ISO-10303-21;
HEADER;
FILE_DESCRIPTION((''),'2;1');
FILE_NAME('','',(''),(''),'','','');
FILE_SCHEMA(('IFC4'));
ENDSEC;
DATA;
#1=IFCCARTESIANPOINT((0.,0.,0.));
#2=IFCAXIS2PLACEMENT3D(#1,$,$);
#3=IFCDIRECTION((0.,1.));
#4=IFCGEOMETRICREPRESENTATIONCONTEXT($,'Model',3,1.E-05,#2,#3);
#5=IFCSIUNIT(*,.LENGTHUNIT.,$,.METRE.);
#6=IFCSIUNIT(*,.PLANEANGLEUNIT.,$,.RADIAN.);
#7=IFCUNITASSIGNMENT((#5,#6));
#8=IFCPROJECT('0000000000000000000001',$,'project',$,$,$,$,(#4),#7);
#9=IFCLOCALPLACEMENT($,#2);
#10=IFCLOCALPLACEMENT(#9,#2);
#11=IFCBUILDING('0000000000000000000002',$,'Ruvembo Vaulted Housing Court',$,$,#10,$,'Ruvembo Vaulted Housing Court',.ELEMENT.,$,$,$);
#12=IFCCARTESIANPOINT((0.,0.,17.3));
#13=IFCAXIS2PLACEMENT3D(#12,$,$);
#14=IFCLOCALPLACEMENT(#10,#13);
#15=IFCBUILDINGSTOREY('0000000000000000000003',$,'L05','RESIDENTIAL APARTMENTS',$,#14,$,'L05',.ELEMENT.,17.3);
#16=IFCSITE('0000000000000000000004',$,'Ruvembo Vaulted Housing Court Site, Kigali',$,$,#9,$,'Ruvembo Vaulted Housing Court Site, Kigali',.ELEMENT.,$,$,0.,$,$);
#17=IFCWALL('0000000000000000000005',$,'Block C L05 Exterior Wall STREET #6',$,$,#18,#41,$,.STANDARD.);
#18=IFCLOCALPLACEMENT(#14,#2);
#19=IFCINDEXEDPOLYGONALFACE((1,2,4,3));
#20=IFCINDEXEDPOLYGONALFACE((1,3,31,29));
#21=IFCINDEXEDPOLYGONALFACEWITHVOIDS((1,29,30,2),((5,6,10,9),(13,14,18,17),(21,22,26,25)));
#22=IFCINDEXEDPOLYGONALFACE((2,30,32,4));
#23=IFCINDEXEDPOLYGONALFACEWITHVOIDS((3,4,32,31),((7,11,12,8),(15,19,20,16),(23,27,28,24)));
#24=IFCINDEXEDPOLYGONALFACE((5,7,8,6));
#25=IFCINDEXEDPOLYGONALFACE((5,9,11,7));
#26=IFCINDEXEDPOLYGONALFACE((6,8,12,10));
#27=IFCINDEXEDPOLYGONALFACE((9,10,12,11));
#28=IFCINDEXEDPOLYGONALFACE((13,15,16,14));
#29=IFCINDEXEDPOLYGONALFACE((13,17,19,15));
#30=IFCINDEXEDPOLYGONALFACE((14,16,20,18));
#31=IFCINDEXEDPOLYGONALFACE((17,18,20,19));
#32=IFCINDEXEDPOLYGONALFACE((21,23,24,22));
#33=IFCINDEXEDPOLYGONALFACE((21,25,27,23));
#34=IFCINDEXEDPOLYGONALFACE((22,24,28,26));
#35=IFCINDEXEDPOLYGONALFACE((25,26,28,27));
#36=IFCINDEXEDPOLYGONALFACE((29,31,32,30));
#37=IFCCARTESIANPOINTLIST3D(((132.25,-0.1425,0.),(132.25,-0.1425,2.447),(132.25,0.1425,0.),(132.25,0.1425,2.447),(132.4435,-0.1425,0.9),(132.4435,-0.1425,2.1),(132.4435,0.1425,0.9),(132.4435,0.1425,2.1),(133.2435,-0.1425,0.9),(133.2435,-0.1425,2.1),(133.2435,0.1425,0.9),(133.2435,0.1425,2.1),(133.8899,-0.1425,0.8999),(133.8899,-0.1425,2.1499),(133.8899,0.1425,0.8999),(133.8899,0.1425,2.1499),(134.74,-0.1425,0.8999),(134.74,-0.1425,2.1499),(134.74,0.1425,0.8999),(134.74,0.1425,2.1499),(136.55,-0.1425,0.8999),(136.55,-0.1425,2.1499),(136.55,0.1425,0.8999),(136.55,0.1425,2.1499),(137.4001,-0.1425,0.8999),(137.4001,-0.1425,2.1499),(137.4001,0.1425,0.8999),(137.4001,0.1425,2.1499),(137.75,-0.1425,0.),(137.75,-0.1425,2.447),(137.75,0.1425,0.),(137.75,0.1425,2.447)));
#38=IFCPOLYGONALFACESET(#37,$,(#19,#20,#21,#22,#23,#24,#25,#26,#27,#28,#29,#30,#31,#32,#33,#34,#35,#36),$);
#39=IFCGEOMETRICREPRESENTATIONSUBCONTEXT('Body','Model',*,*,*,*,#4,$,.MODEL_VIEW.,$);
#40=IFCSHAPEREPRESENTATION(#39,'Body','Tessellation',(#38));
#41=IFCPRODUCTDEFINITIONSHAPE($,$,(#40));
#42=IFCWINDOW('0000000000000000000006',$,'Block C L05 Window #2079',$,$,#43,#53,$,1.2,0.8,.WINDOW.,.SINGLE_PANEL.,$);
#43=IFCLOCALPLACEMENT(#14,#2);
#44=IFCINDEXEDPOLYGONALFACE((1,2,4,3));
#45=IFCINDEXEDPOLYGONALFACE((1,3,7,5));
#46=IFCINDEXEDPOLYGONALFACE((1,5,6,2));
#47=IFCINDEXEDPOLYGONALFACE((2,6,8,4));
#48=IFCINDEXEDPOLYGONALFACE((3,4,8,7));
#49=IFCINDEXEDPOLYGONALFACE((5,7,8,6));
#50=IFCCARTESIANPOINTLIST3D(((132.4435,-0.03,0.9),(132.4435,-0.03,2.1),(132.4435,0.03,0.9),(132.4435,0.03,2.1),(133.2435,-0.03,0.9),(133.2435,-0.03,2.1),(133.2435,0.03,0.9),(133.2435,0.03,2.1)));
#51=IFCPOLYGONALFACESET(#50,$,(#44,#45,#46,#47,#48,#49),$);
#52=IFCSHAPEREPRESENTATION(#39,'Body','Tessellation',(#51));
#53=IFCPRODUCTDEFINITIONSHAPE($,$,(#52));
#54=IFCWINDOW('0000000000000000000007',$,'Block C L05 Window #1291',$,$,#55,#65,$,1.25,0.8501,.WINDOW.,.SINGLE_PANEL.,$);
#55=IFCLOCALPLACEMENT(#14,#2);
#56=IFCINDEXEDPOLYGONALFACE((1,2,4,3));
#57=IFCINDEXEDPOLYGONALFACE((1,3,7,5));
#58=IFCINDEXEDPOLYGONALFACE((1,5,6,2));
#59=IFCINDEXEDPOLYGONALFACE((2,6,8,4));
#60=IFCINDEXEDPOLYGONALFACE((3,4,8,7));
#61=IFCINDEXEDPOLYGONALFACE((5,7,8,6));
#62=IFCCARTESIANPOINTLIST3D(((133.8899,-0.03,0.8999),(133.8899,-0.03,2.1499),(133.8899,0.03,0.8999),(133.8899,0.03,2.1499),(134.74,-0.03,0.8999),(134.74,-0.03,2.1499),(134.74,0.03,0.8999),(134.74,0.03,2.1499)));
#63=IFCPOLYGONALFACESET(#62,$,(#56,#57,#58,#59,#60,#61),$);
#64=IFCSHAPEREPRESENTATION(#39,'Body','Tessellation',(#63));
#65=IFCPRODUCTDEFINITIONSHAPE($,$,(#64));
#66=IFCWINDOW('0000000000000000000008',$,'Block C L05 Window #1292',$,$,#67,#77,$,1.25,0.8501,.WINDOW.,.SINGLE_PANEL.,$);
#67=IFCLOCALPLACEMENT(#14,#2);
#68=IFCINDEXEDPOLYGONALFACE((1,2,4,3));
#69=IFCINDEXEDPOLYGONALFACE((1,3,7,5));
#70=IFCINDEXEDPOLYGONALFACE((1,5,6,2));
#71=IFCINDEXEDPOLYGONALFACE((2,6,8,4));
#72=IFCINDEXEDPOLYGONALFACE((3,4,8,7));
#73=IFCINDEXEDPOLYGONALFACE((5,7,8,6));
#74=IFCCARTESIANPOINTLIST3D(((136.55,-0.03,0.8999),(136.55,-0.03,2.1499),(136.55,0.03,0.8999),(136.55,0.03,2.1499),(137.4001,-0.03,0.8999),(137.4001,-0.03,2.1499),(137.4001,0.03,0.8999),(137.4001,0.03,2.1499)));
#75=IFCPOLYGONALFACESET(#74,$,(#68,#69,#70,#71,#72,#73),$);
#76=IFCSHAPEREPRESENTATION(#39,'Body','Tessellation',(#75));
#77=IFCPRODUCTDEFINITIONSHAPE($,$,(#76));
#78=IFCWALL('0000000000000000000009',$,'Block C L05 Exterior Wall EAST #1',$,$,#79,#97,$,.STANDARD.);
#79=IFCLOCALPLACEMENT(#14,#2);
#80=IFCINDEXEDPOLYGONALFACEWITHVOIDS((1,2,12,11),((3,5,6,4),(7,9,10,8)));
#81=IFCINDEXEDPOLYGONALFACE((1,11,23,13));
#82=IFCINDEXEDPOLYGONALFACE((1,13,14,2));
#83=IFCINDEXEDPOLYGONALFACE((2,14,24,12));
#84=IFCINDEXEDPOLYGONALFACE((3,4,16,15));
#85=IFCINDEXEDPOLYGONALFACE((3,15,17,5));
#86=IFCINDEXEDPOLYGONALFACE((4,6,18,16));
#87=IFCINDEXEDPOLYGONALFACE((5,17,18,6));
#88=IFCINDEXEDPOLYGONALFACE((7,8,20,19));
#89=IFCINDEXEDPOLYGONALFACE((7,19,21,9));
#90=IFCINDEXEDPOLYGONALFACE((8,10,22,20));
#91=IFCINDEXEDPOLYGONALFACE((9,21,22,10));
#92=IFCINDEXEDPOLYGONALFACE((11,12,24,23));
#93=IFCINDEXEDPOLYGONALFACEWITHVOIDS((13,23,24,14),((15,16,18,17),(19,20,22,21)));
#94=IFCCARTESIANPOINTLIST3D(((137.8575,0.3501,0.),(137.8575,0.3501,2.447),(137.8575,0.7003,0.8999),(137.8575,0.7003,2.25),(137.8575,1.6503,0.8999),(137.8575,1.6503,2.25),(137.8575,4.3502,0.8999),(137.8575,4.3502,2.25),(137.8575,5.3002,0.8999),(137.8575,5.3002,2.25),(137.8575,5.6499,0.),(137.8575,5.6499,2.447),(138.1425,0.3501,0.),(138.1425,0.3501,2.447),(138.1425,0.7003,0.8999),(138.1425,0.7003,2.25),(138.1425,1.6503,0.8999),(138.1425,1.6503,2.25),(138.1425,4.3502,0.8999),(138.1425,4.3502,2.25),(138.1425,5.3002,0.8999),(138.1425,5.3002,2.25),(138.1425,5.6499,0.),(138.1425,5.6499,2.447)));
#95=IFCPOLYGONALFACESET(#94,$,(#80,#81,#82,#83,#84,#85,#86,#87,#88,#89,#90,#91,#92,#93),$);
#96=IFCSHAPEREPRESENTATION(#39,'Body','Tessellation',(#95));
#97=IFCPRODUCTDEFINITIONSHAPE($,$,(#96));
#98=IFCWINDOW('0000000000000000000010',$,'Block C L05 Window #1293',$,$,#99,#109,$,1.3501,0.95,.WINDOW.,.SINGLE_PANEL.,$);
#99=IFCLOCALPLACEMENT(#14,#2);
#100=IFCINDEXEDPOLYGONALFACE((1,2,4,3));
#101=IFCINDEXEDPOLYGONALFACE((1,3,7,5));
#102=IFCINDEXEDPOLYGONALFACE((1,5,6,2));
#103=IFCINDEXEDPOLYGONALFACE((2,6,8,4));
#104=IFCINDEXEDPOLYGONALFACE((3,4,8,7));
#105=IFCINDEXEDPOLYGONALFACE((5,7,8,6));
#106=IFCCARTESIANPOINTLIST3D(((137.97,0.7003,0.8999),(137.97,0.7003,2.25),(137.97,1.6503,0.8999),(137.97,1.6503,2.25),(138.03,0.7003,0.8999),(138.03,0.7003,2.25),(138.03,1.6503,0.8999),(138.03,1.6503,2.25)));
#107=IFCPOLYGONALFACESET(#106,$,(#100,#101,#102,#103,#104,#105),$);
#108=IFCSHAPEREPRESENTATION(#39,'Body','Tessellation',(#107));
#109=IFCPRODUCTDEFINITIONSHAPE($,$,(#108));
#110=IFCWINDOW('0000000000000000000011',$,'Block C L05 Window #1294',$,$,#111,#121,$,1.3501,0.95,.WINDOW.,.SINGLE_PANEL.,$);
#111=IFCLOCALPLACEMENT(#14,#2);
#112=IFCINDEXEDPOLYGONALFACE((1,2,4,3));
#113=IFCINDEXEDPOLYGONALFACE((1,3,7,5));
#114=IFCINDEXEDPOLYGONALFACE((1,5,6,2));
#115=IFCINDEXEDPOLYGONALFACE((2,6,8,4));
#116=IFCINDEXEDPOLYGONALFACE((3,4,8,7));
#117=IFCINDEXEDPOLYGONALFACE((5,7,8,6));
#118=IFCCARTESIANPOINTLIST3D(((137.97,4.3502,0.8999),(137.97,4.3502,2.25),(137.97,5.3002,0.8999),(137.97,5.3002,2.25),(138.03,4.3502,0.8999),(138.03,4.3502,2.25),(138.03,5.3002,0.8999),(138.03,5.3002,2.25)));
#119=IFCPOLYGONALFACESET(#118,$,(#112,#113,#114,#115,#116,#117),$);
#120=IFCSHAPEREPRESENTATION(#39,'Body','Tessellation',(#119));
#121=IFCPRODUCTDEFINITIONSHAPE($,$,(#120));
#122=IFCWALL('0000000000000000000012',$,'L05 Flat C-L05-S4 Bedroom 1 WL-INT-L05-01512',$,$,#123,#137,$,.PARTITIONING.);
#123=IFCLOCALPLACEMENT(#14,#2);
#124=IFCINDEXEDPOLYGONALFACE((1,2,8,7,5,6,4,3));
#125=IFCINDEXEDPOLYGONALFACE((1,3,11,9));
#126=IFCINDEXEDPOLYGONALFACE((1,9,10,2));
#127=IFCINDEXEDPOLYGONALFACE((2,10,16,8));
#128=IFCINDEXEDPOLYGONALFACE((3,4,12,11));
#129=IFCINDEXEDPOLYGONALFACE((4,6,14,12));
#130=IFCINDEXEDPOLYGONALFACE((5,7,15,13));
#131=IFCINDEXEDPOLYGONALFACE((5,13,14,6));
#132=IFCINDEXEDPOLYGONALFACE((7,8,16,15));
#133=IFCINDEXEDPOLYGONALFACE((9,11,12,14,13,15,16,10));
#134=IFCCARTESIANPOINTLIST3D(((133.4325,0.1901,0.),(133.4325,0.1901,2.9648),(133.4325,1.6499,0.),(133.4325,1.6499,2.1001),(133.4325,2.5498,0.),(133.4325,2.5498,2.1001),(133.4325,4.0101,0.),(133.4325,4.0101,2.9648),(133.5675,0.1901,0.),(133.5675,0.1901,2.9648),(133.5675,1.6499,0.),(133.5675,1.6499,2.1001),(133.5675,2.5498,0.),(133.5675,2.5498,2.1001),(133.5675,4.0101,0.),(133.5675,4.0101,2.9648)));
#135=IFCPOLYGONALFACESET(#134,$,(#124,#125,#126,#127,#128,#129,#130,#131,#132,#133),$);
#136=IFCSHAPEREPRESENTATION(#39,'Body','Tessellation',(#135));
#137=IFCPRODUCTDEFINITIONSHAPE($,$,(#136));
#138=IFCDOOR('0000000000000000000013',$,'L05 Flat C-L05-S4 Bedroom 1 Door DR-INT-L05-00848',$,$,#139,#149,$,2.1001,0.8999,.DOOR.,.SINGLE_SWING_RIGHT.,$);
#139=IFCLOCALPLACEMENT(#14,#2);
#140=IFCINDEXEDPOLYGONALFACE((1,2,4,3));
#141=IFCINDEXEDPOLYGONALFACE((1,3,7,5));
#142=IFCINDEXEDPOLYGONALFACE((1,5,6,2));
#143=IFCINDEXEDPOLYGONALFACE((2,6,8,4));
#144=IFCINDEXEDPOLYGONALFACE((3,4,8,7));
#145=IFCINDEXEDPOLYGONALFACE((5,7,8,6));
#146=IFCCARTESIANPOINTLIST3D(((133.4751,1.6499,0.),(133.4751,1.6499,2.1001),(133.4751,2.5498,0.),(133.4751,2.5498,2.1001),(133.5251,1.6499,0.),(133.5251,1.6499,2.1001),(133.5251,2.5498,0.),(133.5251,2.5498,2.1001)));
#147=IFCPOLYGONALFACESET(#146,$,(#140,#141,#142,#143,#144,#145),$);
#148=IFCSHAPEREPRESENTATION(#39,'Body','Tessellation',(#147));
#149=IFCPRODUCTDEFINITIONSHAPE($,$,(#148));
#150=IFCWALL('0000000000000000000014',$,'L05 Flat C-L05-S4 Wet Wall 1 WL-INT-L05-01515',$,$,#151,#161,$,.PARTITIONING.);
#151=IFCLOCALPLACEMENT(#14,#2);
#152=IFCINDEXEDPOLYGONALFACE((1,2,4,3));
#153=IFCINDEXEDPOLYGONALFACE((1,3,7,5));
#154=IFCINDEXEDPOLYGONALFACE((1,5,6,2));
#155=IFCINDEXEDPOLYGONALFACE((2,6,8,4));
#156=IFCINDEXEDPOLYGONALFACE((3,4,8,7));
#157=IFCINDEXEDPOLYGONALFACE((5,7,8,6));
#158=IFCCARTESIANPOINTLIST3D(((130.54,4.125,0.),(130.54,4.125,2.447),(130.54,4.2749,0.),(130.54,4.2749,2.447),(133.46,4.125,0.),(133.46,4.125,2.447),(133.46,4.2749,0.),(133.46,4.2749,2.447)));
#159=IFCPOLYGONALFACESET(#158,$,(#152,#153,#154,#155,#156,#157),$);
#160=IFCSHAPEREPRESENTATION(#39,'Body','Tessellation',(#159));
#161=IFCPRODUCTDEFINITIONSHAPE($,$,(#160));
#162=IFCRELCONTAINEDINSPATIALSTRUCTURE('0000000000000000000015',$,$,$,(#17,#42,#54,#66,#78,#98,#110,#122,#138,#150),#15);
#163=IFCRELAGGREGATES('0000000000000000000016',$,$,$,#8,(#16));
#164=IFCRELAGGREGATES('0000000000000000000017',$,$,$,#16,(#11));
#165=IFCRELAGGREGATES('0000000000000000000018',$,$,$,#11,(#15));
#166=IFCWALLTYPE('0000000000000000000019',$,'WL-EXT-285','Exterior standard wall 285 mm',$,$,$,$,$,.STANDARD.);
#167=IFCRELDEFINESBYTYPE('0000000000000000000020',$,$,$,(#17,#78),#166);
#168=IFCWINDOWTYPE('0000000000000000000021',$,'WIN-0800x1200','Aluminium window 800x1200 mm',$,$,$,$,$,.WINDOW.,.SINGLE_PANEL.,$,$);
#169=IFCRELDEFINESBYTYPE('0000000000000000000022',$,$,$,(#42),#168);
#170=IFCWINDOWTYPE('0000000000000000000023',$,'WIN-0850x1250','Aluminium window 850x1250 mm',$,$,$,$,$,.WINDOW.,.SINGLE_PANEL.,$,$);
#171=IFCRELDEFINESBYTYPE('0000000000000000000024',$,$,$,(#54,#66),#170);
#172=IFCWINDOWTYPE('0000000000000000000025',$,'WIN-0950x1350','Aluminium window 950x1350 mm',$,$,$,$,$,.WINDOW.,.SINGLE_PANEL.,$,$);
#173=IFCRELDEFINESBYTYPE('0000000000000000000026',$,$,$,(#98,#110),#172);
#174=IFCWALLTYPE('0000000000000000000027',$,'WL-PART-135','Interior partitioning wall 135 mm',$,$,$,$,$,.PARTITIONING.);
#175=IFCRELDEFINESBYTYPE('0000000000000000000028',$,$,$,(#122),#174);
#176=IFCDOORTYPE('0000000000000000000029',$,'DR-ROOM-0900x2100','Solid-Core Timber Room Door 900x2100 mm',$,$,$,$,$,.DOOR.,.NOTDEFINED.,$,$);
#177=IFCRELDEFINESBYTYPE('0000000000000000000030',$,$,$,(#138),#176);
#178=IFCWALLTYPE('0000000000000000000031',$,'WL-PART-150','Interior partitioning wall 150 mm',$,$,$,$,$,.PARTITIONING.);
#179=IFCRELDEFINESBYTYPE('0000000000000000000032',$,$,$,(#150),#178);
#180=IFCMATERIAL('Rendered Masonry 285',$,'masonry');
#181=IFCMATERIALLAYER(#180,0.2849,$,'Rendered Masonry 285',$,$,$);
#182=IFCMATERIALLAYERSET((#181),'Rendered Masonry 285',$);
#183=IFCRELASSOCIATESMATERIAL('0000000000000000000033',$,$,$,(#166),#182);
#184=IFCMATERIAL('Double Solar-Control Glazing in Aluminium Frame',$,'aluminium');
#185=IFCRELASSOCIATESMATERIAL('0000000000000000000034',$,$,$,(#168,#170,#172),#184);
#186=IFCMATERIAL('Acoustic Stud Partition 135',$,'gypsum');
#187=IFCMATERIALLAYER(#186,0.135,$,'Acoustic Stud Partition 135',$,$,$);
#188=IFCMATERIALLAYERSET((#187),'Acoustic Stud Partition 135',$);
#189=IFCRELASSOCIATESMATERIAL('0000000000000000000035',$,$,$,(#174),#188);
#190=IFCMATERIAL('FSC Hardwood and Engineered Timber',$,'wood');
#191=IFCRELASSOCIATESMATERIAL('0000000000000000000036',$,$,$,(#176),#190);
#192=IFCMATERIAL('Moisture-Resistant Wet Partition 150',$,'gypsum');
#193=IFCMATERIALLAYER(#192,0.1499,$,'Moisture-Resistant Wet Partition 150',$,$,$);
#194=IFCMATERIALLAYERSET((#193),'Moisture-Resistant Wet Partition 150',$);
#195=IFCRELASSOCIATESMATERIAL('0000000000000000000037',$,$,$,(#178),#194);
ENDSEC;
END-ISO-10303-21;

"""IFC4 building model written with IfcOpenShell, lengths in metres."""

from ifc_helpers import new_model, si_unit, direction, frame, frame_2d, origin, place, context, subcontext, project, spatial, rectangle, extrude, material, layer, layer_set, type_object, element, fill, save


model = new_model("IFC4")

# Units and contexts
model_context = context("Model", 3, precision=1e-05, world=origin(), true_north=direction((0.0, 1.0)))
body_context = subcontext(model_context, "Body", "Model", "MODEL_VIEW")
ifc_project = project(units=[si_unit("LENGTHUNIT", "METRE"), si_unit("PLANEANGLEUNIT", "RADIAN")], contexts=[model_context])

# Site, building, storey
site_placement = place(None, origin())
site = spatial("IfcSite", under=ifc_project, at=site_placement, Name="Ruvembo Vaulted Housing Court Site, Kigali", LongName="Ruvembo Vaulted Housing Court Site, Kigali", CompositionType="ELEMENT", RefElevation=0.0)
building_placement = place(site_placement, origin())
building = spatial("IfcBuilding", under=site, at=building_placement, Name="Ruvembo Vaulted Housing Court", LongName="Ruvembo Vaulted Housing Court", CompositionType="ELEMENT")
storey_placement = place(building_placement, frame((0.0, 0.0, 17.3)))
storey = spatial("IfcBuildingStorey", under=building, at=storey_placement, Name="L05", Description="RESIDENTIAL APARTMENTS", LongName="L05", CompositionType="ELEMENT", Elevation=17.3)

# Walls, openings, windows
ifc_material_1 = material(Name="Rendered Masonry 285", Category="masonry")
ifc_layer_1 = layer(ifc_material_1, 0.2849, Name="Rendered Masonry 285")
ifc_layer_set_1 = layer_set([ifc_layer_1], Name="Rendered Masonry 285")
wall_type_1 = type_object("IfcWallType", Name="WL-EXT-285", Description="Exterior standard wall 285 mm", PredefinedType="STANDARD", material=ifc_layer_set_1)
ifc_material_2 = material(Name="Double Solar-Control Glazing in Aluminium Frame", Category="aluminium")
wall_1_placement = place(storey_placement, frame((132.25, 0.0, 0.0), z_axis=(0.0, 0.0, 1.0), x_axis=(1.0, 0.0, 0.0)))
wall_1 = element("IfcWall", 1, at=wall_1_placement, inside=storey, type_object=wall_type_1, Name="Block C L05 Exterior Wall STREET #6", PredefinedType="STANDARD", context=body_context, shape_type="SweptSolid", body=[
    extrude(rectangle(XDim=5.5, YDim=0.2849, at=frame_2d((2.75, 0.0))), origin(), (0.0, 0.0, 1.0), 2.447),
])
opening_1_placement = place(wall_1_placement, frame((1.6399, 0.0, 0.8999)))
opening_1 = element("IfcOpeningElement", 2, at=opening_1_placement, cuts=wall_1, PredefinedType="OPENING", context=body_context, shape_type="SweptSolid", body=[
    extrude(rectangle(XDim=0.8501, YDim=1.25, at=frame_2d((0.425, 0.625))), frame((0.0, 0.1523, 0.0), z_axis=(0.0, -1.0, 0.0), x_axis=(1.0, 0.0, 0.0)), (0.0, 0.0, 1.0), 0.3049),
])
opening_2_placement = place(wall_1_placement, frame((4.3, 0.0, 0.8999)))
opening_2 = element("IfcOpeningElement", 3, at=opening_2_placement, cuts=wall_1, PredefinedType="OPENING", context=body_context, shape_type="SweptSolid", body=[
    extrude(rectangle(XDim=0.8501, YDim=1.25, at=frame_2d((0.425, 0.625))), frame((0.0, 0.1523, 0.0), z_axis=(0.0, -1.0, 0.0), x_axis=(1.0, 0.0, 0.0)), (0.0, 0.0, 1.0), 0.3049),
])
opening_3_placement = place(wall_1_placement, frame((0.1936, 0.0, 0.8999)))
opening_3 = element("IfcOpeningElement", 4, at=opening_3_placement, cuts=wall_1, PredefinedType="OPENING", context=body_context, shape_type="SweptSolid", body=[
    extrude(rectangle(XDim=0.8, YDim=1.2, at=frame_2d((0.3999, 0.6001))), frame((0.0, 0.1523, 0.0), z_axis=(0.0, -1.0, 0.0), x_axis=(1.0, 0.0, 0.0)), (0.0, 0.0, 1.0), 0.3049),
])
window_type_1 = type_object("IfcWindowType", Name="WIN-0800x1200", Description="Aluminium window 800x1200 mm", PartitioningType="SINGLE_PANEL", PredefinedType="WINDOW", material=ifc_material_2)
window_1_placement = place(opening_3_placement, origin())
window_1 = element("IfcWindow", 5, at=window_1_placement, inside=storey, type_object=window_type_1, Name="Block C L05 Window #2079", OverallHeight=1.2, OverallWidth=0.8, PartitioningType="SINGLE_PANEL", PredefinedType="WINDOW", context=body_context, shape_type="SweptSolid", body=[
    extrude(rectangle(XDim=0.8, YDim=1.2, at=frame_2d((0.3999, 0.6001))), frame((0.0, 0.03, 0.0), z_axis=(0.0, -1.0, 0.0), x_axis=(1.0, 0.0, 0.0)), (0.0, 0.0, 1.0), 0.0601),
])
fill(opening_3, window_1)
window_type_2 = type_object("IfcWindowType", Name="WIN-0850x1250", Description="Aluminium window 850x1250 mm", PartitioningType="SINGLE_PANEL", PredefinedType="WINDOW", material=ifc_material_2)
window_2_placement = place(opening_1_placement, origin())
window_2 = element("IfcWindow", 6, at=window_2_placement, inside=storey, type_object=window_type_2, Name="Block C L05 Window #1291", OverallHeight=1.25, OverallWidth=0.8501, PartitioningType="SINGLE_PANEL", PredefinedType="WINDOW", context=body_context, shape_type="SweptSolid", body=[
    extrude(rectangle(XDim=0.8501, YDim=1.25, at=frame_2d((0.425, 0.625))), frame((0.0, 0.03, 0.0), z_axis=(0.0, -1.0, 0.0), x_axis=(1.0, 0.0, 0.0)), (0.0, 0.0, 1.0), 0.0601),
])
fill(opening_1, window_2)
window_3_placement = place(opening_2_placement, origin())
window_3 = element("IfcWindow", 7, at=window_3_placement, inside=storey, type_object=window_type_2, Name="Block C L05 Window #1292", OverallHeight=1.25, OverallWidth=0.8501, PartitioningType="SINGLE_PANEL", PredefinedType="WINDOW", context=body_context, shape_type="SweptSolid", body=[
    extrude(rectangle(XDim=0.8501, YDim=1.25, at=frame_2d((0.425, 0.625))), frame((0.0, 0.03, 0.0), z_axis=(0.0, -1.0, 0.0), x_axis=(1.0, 0.0, 0.0)), (0.0, 0.0, 1.0), 0.0601),
])
fill(opening_2, window_3)
wall_2_placement = place(storey_placement, frame((138.0, 0.3501, 0.0), z_axis=(0.0, 0.0, 1.0), x_axis=(0.0, 1.0, 0.0)))
wall_2 = element("IfcWall", 8, at=wall_2_placement, inside=storey, type_object=wall_type_1, Name="Block C L05 Exterior Wall EAST #1", PredefinedType="STANDARD", context=body_context, shape_type="SweptSolid", body=[
    extrude(rectangle(XDim=5.2998, YDim=0.2849, at=frame_2d((2.6499, 0.0))), origin(), (0.0, 0.0, 1.0), 2.447),
])
opening_4_placement = place(wall_2_placement, frame((0.3501, 0.0, 0.8999)))
opening_4 = element("IfcOpeningElement", 9, at=opening_4_placement, cuts=wall_2, PredefinedType="OPENING", context=body_context, shape_type="SweptSolid", body=[
    extrude(rectangle(XDim=0.95, YDim=1.3501, at=frame_2d((0.4751, 0.675))), frame((0.0, 0.1523, 0.0), z_axis=(0.0, -1.0, 0.0), x_axis=(1.0, 0.0, 0.0)), (0.0, 0.0, 1.0), 0.3049),
])
opening_5_placement = place(wall_2_placement, frame((4.0, 0.0, 0.8999)))
opening_5 = element("IfcOpeningElement", 10, at=opening_5_placement, cuts=wall_2, PredefinedType="OPENING", context=body_context, shape_type="SweptSolid", body=[
    extrude(rectangle(XDim=0.95, YDim=1.3501, at=frame_2d((0.4751, 0.675))), frame((0.0, 0.1523, 0.0), z_axis=(0.0, -1.0, 0.0), x_axis=(1.0, 0.0, 0.0)), (0.0, 0.0, 1.0), 0.3049),
])
window_type_3 = type_object("IfcWindowType", Name="WIN-0950x1350", Description="Aluminium window 950x1350 mm", PartitioningType="SINGLE_PANEL", PredefinedType="WINDOW", material=ifc_material_2)
window_4_placement = place(opening_4_placement, origin())
window_4 = element("IfcWindow", 11, at=window_4_placement, inside=storey, type_object=window_type_3, Name="Block C L05 Window #1293", OverallHeight=1.3501, OverallWidth=0.95, PartitioningType="SINGLE_PANEL", PredefinedType="WINDOW", context=body_context, shape_type="SweptSolid", body=[
    extrude(rectangle(XDim=0.95, YDim=1.3501, at=frame_2d((0.4751, 0.675))), frame((0.0, 0.03, 0.0), z_axis=(0.0, -1.0, 0.0), x_axis=(1.0, 0.0, 0.0)), (0.0, 0.0, 1.0), 0.0601),
])
fill(opening_4, window_4)
window_5_placement = place(opening_5_placement, origin())
window_5 = element("IfcWindow", 12, at=window_5_placement, inside=storey, type_object=window_type_3, Name="Block C L05 Window #1294", OverallHeight=1.3501, OverallWidth=0.95, PartitioningType="SINGLE_PANEL", PredefinedType="WINDOW", context=body_context, shape_type="SweptSolid", body=[
    extrude(rectangle(XDim=0.95, YDim=1.3501, at=frame_2d((0.4751, 0.675))), frame((0.0, 0.03, 0.0), z_axis=(0.0, -1.0, 0.0), x_axis=(1.0, 0.0, 0.0)), (0.0, 0.0, 1.0), 0.0601),
])
fill(opening_5, window_5)

# Wall, opening, door
ifc_material_3 = material(Name="Acoustic Stud Partition 135", Category="gypsum")
ifc_layer_2 = layer(ifc_material_3, 0.135, Name="Acoustic Stud Partition 135")
ifc_layer_set_2 = layer_set([ifc_layer_2], Name="Acoustic Stud Partition 135")
wall_type_2 = type_object("IfcWallType", Name="WL-PART-135", Description="Interior partitioning wall 135 mm", PredefinedType="PARTITIONING", material=ifc_layer_set_2)
wall_3_placement = place(storey_placement, frame((133.5, 0.1899, 0.0), z_axis=(0.0, 0.0, 1.0), x_axis=(0.0, 1.0, 0.0)))
wall_3 = element("IfcWall", 13, at=wall_3_placement, inside=storey, type_object=wall_type_2, Name="L05 Flat C-L05-S4 Bedroom 1 WL-INT-L05-01512", PredefinedType="PARTITIONING", context=body_context, shape_type="SweptSolid", body=[
    extrude(rectangle(XDim=3.8201, YDim=0.135, at=frame_2d((1.9102, 0.0))), origin(), (0.0, 0.0, 1.0), 2.9648),
])
opening_6_placement = place(wall_3_placement, frame((1.46, 0.0, 0.0)))
opening_6 = element("IfcOpeningElement", 14, at=opening_6_placement, cuts=wall_3, PredefinedType="OPENING", context=body_context, shape_type="SweptSolid", body=[
    extrude(rectangle(XDim=0.8999, YDim=2.1001, at=frame_2d((0.45, 1.05))), frame((0.0, 0.0774, 0.0), z_axis=(0.0, -1.0, 0.0), x_axis=(1.0, 0.0, 0.0)), (0.0, 0.0, 1.0), 0.155),
])
ifc_material_4 = material(Name="FSC Hardwood and Engineered Timber", Category="wood")
door_type_1 = type_object("IfcDoorType", Name="DR-ROOM-0900x2100", Description="Solid-Core Timber Room Door 900x2100 mm", OperationType="NOTDEFINED", PredefinedType="DOOR", material=ifc_material_4)
door_1_placement = place(opening_6_placement, origin())
door_1 = element("IfcDoor", 15, at=door_1_placement, inside=storey, type_object=door_type_1, Name="L05 Flat C-L05-S4 Bedroom 1 Door DR-INT-L05-00848", OperationType="SINGLE_SWING_RIGHT", OverallHeight=2.1001, OverallWidth=0.8999, PredefinedType="DOOR", context=body_context, shape_type="SweptSolid", body=[
    extrude(rectangle(XDim=0.8999, YDim=2.1001, at=frame_2d((0.45, 1.05))), frame((0.0, 0.0249, 0.0), z_axis=(0.0, -1.0, 0.0), x_axis=(1.0, 0.0, 0.0)), (0.0, 0.0, 1.0), 0.05),
])
fill(opening_6, door_1)

# Wall
ifc_material_5 = material(Name="Moisture-Resistant Wet Partition 150", Category="gypsum")
ifc_layer_3 = layer(ifc_material_5, 0.1499, Name="Moisture-Resistant Wet Partition 150")
ifc_layer_set_3 = layer_set([ifc_layer_3], Name="Moisture-Resistant Wet Partition 150")
wall_type_3 = type_object("IfcWallType", Name="WL-PART-150", Description="Interior partitioning wall 150 mm", PredefinedType="PARTITIONING", material=ifc_layer_set_3)
wall_4_placement = place(storey_placement, frame((130.54, 4.2, 0.0), z_axis=(0.0, 0.0, 1.0), x_axis=(1.0, 0.0, 0.0)))
element("IfcWall", 16, at=wall_4_placement, inside=storey, type_object=wall_type_3, Name="L05 Flat C-L05-S4 Wet Wall 1 WL-INT-L05-01515", PredefinedType="PARTITIONING", context=body_context, shape_type="SweptSolid", body=[
    extrude(rectangle(XDim=2.9199, YDim=0.1499, at=frame_2d((1.46, 0.0))), origin(), (0.0, 0.0, 1.0), 2.447),
])

save(model, "model.ifc")
